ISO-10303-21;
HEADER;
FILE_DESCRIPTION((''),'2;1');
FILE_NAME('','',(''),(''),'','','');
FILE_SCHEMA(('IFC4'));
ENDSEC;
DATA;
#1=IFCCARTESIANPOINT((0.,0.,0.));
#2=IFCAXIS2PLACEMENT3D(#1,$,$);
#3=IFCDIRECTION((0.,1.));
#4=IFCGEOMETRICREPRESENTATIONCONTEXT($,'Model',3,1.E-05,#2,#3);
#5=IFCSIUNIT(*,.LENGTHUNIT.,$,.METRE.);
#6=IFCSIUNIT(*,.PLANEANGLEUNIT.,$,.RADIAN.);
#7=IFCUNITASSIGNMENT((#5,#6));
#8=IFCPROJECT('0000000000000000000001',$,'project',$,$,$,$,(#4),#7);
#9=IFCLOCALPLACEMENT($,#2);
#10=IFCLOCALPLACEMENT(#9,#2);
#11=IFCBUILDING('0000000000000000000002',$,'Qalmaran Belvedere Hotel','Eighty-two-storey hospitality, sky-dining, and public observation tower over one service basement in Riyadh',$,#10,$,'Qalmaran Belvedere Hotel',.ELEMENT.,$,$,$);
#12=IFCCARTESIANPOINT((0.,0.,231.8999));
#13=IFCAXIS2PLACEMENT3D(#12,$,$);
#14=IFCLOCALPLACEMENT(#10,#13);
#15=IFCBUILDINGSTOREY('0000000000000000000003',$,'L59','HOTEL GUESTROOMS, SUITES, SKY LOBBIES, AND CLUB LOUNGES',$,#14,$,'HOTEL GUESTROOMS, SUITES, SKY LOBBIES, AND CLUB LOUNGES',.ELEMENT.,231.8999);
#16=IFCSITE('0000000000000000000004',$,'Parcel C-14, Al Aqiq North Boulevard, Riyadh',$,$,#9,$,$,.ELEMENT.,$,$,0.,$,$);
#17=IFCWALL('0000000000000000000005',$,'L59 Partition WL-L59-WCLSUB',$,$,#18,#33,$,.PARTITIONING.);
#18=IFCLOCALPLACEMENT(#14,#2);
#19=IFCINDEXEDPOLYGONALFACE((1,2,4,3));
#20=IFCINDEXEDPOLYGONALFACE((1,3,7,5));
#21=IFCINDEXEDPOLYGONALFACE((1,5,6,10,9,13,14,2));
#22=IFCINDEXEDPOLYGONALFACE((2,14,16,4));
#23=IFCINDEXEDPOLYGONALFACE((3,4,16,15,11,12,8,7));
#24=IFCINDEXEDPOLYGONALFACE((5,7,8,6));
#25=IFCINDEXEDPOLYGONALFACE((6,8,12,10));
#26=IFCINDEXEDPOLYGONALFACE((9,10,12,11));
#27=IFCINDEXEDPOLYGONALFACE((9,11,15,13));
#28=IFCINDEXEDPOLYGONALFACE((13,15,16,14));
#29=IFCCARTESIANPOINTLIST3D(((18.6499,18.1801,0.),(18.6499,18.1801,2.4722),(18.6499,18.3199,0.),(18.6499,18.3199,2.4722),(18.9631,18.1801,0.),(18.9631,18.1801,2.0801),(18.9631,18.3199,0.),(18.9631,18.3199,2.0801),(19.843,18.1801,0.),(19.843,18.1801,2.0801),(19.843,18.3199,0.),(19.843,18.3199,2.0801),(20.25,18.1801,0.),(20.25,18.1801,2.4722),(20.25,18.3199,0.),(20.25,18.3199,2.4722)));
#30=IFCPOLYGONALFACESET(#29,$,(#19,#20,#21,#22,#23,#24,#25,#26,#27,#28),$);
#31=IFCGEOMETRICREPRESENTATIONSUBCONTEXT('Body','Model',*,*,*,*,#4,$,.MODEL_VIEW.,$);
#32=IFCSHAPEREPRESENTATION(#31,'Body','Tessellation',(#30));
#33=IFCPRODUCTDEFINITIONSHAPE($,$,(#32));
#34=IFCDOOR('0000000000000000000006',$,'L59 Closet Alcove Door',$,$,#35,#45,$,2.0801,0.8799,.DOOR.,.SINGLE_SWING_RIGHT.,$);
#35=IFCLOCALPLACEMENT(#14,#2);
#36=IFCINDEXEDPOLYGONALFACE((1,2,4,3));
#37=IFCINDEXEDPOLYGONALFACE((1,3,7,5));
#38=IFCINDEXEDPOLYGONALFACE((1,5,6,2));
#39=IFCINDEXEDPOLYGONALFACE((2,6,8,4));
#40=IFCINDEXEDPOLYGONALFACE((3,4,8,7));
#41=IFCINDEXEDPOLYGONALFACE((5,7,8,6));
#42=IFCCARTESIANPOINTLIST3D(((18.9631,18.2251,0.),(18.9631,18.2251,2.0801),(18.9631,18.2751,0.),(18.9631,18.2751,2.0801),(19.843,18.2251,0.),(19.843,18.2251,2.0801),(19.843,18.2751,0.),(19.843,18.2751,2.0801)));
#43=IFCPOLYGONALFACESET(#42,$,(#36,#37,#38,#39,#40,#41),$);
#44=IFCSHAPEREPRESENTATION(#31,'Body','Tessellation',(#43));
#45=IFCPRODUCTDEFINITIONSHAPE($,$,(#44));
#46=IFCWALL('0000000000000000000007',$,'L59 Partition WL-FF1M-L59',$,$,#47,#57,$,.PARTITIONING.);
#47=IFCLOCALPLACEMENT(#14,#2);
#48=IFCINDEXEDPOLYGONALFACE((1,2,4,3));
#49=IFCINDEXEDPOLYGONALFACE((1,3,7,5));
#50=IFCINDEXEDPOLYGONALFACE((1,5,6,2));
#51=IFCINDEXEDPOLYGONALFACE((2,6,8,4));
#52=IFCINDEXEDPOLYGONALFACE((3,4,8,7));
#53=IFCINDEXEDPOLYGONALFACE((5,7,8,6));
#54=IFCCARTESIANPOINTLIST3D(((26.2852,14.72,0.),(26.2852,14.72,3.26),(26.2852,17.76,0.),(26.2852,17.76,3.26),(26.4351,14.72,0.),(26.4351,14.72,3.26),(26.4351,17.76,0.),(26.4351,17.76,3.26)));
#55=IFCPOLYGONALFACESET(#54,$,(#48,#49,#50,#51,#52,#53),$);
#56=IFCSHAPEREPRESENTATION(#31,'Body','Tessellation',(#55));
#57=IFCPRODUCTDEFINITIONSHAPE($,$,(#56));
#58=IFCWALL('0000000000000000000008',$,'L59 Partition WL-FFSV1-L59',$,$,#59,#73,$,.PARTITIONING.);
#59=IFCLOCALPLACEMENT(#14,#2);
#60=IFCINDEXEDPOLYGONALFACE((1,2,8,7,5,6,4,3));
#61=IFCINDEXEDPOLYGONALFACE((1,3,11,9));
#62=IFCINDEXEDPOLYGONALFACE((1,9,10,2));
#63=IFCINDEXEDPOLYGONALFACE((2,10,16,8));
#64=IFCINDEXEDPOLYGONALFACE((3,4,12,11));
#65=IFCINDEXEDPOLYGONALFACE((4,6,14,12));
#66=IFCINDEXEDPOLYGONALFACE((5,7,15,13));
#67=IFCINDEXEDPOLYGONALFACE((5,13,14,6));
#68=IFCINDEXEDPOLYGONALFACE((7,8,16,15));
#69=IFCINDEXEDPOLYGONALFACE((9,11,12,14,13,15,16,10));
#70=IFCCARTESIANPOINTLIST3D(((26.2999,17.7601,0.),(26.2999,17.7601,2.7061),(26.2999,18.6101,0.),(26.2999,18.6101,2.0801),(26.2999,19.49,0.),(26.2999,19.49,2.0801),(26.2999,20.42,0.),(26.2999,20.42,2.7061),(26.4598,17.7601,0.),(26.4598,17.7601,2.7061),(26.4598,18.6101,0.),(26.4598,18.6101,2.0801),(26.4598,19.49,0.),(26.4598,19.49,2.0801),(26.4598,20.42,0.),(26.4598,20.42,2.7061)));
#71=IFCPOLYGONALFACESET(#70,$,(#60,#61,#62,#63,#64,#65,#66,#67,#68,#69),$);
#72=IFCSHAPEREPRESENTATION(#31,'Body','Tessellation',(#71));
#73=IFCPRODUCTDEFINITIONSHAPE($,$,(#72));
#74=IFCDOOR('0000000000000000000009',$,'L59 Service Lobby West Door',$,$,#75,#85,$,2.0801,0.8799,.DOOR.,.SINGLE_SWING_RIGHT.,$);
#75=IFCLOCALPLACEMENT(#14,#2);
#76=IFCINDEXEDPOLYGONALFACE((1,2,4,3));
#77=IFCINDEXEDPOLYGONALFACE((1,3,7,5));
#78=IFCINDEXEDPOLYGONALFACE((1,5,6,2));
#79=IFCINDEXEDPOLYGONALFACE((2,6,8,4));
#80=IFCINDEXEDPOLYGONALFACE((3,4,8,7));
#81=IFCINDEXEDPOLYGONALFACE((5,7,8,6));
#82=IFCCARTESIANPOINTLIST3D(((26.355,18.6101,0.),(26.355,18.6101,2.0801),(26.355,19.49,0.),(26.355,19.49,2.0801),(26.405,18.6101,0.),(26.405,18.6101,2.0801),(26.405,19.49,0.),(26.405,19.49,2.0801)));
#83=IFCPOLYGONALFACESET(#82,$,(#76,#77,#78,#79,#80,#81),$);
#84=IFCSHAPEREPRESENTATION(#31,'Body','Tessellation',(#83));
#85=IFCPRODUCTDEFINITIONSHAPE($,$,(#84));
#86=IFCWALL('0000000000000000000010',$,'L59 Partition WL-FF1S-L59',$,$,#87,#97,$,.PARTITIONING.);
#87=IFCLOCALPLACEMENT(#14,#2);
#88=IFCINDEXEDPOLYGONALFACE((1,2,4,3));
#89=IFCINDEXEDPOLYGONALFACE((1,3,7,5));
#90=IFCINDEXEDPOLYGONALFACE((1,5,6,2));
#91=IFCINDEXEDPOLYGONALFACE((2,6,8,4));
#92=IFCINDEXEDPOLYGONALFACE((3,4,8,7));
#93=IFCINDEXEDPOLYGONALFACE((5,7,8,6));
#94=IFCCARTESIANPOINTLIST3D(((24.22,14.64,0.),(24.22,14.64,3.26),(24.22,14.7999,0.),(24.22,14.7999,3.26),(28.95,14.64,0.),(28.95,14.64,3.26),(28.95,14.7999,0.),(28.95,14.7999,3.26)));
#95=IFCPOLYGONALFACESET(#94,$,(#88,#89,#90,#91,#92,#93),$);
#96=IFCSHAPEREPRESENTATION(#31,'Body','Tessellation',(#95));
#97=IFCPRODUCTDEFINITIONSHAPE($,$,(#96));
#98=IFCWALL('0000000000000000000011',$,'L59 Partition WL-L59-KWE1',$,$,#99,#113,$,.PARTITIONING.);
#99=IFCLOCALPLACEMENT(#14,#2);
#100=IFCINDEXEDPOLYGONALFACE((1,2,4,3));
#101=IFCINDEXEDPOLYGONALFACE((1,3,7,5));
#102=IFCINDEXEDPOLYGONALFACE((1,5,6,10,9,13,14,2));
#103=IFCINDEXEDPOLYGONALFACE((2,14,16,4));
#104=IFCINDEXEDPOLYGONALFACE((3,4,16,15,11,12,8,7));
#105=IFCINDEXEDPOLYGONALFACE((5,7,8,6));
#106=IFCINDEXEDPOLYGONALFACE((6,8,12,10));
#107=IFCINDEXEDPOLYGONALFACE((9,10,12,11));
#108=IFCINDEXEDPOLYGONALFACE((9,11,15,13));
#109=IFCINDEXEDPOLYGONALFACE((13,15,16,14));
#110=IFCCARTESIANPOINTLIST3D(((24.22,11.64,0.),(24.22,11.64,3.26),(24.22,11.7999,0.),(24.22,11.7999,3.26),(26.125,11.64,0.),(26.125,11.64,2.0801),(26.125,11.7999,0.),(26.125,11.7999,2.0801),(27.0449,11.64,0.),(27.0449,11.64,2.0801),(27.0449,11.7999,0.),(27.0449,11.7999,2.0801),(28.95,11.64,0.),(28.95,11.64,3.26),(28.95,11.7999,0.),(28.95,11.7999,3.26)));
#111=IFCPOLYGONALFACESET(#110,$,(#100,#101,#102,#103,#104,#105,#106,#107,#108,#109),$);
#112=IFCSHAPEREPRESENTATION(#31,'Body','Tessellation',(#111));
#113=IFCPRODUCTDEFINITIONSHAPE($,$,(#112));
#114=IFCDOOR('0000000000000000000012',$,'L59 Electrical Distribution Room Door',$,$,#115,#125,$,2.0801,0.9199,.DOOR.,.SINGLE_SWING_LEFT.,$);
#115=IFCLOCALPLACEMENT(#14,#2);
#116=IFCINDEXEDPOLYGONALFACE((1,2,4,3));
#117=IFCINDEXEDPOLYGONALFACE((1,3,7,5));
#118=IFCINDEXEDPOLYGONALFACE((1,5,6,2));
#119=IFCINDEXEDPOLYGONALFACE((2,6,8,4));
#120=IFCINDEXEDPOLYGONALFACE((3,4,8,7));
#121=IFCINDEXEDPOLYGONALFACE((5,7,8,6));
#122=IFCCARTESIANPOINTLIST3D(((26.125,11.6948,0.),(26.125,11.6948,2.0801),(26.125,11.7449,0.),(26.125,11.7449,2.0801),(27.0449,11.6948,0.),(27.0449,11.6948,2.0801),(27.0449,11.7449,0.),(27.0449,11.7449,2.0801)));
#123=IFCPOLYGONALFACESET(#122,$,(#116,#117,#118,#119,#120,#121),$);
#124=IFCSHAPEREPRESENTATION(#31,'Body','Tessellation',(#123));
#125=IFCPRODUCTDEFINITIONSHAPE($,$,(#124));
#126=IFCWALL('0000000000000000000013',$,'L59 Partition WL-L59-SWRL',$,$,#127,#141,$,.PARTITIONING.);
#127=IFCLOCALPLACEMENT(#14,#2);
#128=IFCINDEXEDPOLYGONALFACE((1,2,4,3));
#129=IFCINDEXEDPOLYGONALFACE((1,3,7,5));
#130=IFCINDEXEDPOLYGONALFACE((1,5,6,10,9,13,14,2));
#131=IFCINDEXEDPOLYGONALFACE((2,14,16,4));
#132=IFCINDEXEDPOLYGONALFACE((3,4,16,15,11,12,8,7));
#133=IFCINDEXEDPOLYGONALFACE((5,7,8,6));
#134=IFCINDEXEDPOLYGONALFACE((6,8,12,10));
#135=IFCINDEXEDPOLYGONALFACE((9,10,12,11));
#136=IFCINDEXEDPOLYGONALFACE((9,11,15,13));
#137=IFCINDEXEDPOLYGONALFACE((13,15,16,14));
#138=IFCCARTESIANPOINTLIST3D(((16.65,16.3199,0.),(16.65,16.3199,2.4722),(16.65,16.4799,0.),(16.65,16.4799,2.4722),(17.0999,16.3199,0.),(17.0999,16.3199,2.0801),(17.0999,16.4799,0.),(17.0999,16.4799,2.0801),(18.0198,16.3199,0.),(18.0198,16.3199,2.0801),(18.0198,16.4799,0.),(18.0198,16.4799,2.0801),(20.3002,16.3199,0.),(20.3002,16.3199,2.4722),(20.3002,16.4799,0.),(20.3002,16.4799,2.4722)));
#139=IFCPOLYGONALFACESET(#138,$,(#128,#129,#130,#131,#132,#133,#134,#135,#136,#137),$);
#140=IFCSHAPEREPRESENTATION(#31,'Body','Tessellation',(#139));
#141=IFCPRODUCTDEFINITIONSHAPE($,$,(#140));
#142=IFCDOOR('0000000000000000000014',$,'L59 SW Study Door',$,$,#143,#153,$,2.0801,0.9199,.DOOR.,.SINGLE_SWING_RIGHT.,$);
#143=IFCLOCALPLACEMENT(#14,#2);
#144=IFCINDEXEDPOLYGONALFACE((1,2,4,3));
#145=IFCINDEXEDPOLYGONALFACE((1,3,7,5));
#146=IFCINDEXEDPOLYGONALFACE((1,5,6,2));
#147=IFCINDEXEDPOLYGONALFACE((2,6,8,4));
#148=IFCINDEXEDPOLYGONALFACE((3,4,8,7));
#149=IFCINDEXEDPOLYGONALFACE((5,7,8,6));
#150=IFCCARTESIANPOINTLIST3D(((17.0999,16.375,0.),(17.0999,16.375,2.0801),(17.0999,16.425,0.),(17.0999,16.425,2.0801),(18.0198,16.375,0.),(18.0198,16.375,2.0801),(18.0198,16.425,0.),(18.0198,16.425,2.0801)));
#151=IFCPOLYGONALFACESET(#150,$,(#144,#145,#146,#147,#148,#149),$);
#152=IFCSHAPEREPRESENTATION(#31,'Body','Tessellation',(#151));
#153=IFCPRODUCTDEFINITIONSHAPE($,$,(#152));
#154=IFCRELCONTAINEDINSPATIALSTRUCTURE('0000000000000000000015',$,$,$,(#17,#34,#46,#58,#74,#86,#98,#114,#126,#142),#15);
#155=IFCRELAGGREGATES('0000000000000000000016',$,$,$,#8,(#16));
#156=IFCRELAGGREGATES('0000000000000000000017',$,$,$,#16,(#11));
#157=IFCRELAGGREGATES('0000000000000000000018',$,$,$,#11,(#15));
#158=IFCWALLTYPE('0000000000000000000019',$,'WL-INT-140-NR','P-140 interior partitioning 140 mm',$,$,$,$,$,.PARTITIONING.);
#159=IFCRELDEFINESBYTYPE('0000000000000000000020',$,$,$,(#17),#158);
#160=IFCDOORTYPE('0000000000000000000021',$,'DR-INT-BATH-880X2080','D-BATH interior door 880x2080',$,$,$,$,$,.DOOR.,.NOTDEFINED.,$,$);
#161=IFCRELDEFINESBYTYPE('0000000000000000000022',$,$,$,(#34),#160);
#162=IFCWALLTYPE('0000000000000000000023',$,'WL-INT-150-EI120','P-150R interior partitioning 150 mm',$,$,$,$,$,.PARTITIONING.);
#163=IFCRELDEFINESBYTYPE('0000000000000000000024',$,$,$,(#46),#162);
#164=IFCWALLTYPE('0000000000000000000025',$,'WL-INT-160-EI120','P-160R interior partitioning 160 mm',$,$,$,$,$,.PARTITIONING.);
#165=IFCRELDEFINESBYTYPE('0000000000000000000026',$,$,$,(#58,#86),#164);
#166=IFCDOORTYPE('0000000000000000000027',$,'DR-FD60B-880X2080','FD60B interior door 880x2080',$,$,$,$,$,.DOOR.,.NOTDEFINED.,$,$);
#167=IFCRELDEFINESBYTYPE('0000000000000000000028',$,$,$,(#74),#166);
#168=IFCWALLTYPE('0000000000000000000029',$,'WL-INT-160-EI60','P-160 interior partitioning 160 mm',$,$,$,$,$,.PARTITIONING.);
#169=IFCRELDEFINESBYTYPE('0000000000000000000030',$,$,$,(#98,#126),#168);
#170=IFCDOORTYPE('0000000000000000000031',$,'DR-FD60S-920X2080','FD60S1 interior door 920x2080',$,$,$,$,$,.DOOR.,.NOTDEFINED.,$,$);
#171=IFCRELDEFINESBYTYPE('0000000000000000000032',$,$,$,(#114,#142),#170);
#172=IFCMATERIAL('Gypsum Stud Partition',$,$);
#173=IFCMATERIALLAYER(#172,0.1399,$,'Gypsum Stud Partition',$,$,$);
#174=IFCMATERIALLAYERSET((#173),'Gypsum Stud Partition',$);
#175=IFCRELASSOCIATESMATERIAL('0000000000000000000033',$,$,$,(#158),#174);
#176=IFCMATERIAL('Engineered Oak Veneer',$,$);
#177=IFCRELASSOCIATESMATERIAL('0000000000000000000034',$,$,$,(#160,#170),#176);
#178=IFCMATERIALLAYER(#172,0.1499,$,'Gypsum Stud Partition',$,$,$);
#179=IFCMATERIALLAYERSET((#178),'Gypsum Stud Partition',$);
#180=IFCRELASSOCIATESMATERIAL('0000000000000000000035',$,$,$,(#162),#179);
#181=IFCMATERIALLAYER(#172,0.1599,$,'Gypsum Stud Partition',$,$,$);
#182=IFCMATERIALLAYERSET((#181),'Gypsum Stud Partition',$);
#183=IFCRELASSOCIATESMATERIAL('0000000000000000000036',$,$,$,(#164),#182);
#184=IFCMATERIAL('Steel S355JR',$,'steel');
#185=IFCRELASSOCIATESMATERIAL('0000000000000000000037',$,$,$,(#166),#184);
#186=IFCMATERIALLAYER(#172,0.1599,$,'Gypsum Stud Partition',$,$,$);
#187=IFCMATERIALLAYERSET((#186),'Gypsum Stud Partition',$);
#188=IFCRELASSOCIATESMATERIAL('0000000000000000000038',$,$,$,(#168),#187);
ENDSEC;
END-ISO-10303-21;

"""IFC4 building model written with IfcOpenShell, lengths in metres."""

from ifc_helpers import new_model, si_unit, direction, frame, frame_2d, origin, place, context, subcontext, project, spatial, rectangle, extrude, material, layer, layer_set, type_object, element, fill, save


model = new_model("IFC4")

# Units and contexts
model_context = context("Model", 3, precision=1e-05, world=origin(), true_north=direction((0.0, 1.0)))
body_context = subcontext(model_context, "Body", "Model", "MODEL_VIEW")
ifc_project = project(units=[si_unit("LENGTHUNIT", "METRE"), si_unit("PLANEANGLEUNIT", "RADIAN")], contexts=[model_context])

# Site, building, storey
site_placement = place(None, origin())
site = spatial("IfcSite", under=ifc_project, at=site_placement, Name="Parcel C-14, Al Aqiq North Boulevard, Riyadh", CompositionType="ELEMENT", RefElevation=0.0)
building_placement = place(site_placement, origin())
building = spatial("IfcBuilding", under=site, at=building_placement, Name="Qalmaran Belvedere Hotel", Description="Eighty-two-storey hospitality, sky-dining, and public observation tower over one service basement in Riyadh", LongName="Qalmaran Belvedere Hotel", CompositionType="ELEMENT")
storey_placement = place(building_placement, frame((0.0, 0.0, 231.8999)))
storey = spatial("IfcBuildingStorey", under=building, at=storey_placement, Name="L59", Description="HOTEL GUESTROOMS, SUITES, SKY LOBBIES, AND CLUB LOUNGES", LongName="HOTEL GUESTROOMS, SUITES, SKY LOBBIES, AND CLUB LOUNGES", CompositionType="ELEMENT", Elevation=231.8999)

# Wall, opening, door
ifc_material_1 = material(Name="Gypsum Stud Partition")
ifc_layer_1 = layer(ifc_material_1, 0.1399, Name="Gypsum Stud Partition")
ifc_layer_set_1 = layer_set([ifc_layer_1], Name="Gypsum Stud Partition")
wall_type_1 = type_object("IfcWallType", Name="WL-INT-140-NR", Description="P-140 interior partitioning 140 mm", PredefinedType="PARTITIONING", material=ifc_layer_set_1)
wall_1_placement = place(storey_placement, frame((18.6499, 18.25, 0.0), z_axis=(0.0, 0.0, 1.0), x_axis=(1.0, 0.0, 0.0)))
wall_1 = element("IfcWall", 1, at=wall_1_placement, inside=storey, type_object=wall_type_1, Name="L59 Partition WL-L59-WCLSUB", PredefinedType="PARTITIONING", context=body_context, shape_type="SweptSolid", body=[
    extrude(rectangle(XDim=1.6001, YDim=0.1399, at=frame_2d((0.8, 0.0))), origin(), (0.0, 0.0, 1.0), 2.4722),
])
opening_1_placement = place(wall_1_placement, frame((1.1931, 0.0, 0.0), z_axis=(0.0, 0.0, 1.0), x_axis=(-1.0, 0.0, 0.0)))
opening_1 = element("IfcOpeningElement", 2, at=opening_1_placement, cuts=wall_1, PredefinedType="OPENING", context=body_context, shape_type="SweptSolid", body=[
    extrude(rectangle(XDim=0.8799, YDim=2.0801, at=frame_2d((0.4399, 1.04))), frame((0.0, 0.0801, 0.0), z_axis=(0.0, -1.0, 0.0), x_axis=(1.0, 0.0, 0.0)), (0.0, 0.0, 1.0), 0.1599),
])
ifc_material_2 = material(Name="Engineered Oak Veneer")
door_type_1 = type_object("IfcDoorType", Name="DR-INT-BATH-880X2080", Description="D-BATH interior door 880x2080", OperationType="NOTDEFINED", PredefinedType="DOOR", material=ifc_material_2)
door_1_placement = place(opening_1_placement, origin())
door_1 = element("IfcDoor", 3, at=door_1_placement, inside=storey, type_object=door_type_1, Name="L59 Closet Alcove Door", OperationType="SINGLE_SWING_RIGHT", OverallHeight=2.0801, OverallWidth=0.8799, PredefinedType="DOOR", context=body_context, shape_type="SweptSolid", body=[
    extrude(rectangle(XDim=0.8799, YDim=2.0801, at=frame_2d((0.4399, 1.04))), frame((0.0, 0.0249, 0.0), z_axis=(0.0, -1.0, 0.0), x_axis=(1.0, 0.0, 0.0)), (0.0, 0.0, 1.0), 0.05),
])
fill(opening_1, door_1)

# Wall
ifc_layer_2 = layer(ifc_material_1, 0.1499, Name="Gypsum Stud Partition")
ifc_layer_set_2 = layer_set([ifc_layer_2], Name="Gypsum Stud Partition")
wall_type_2 = type_object("IfcWallType", Name="WL-INT-150-EI120", Description="P-150R interior partitioning 150 mm", PredefinedType="PARTITIONING", material=ifc_layer_set_2)
wall_2_placement = place(storey_placement, frame((26.3601, 14.72, 0.0), z_axis=(0.0, 0.0, 1.0), x_axis=(0.0, 1.0, 0.0)))
element("IfcWall", 4, at=wall_2_placement, inside=storey, type_object=wall_type_2, Name="L59 Partition WL-FF1M-L59", PredefinedType="PARTITIONING", context=body_context, shape_type="SweptSolid", body=[
    extrude(rectangle(XDim=3.04, YDim=0.1499, at=frame_2d((1.52, 0.0))), origin(), (0.0, 0.0, 1.0), 3.26),
])

# Wall, opening, door
ifc_layer_3 = layer(ifc_material_1, 0.1599, Name="Gypsum Stud Partition")
ifc_layer_set_3 = layer_set([ifc_layer_3], Name="Gypsum Stud Partition")
wall_type_3 = type_object("IfcWallType", Name="WL-INT-160-EI120", Description="P-160R interior partitioning 160 mm", PredefinedType="PARTITIONING", material=ifc_layer_set_3)
wall_3_placement = place(storey_placement, frame((26.3799, 17.76, 0.0), z_axis=(0.0, 0.0, 1.0), x_axis=(0.0, 1.0, 0.0)))
wall_3 = element("IfcWall", 5, at=wall_3_placement, inside=storey, type_object=wall_type_3, Name="L59 Partition WL-FFSV1-L59", PredefinedType="PARTITIONING", context=body_context, shape_type="SweptSolid", body=[
    extrude(rectangle(XDim=2.6599, YDim=0.1599, at=frame_2d((1.3301, 0.0))), origin(), (0.0, 0.0, 1.0), 2.7061),
])
opening_2_placement = place(wall_3_placement, frame((0.8501, 0.0, 0.0)))
opening_2 = element("IfcOpeningElement", 6, at=opening_2_placement, cuts=wall_3, PredefinedType="OPENING", context=body_context, shape_type="SweptSolid", body=[
    extrude(rectangle(XDim=0.8799, YDim=2.0801, at=frame_2d((0.4399, 1.04))), frame((0.0, 0.0898, 0.0), z_axis=(0.0, -1.0, 0.0), x_axis=(1.0, 0.0, 0.0)), (0.0, 0.0, 1.0), 0.1799),
])
ifc_material_3 = material(Name="Steel S355JR", Category="steel")
door_type_2 = type_object("IfcDoorType", Name="DR-FD60B-880X2080", Description="FD60B interior door 880x2080", OperationType="NOTDEFINED", PredefinedType="DOOR", material=ifc_material_3)
door_2_placement = place(opening_2_placement, origin())
door_2 = element("IfcDoor", 7, at=door_2_placement, inside=storey, type_object=door_type_2, Name="L59 Service Lobby West Door", OperationType="SINGLE_SWING_RIGHT", OverallHeight=2.0801, OverallWidth=0.8799, PredefinedType="DOOR", context=body_context, shape_type="SweptSolid", body=[
    extrude(rectangle(XDim=0.8799, YDim=2.0801, at=frame_2d((0.4399, 1.04))), frame((0.0, 0.0249, 0.0), z_axis=(0.0, -1.0, 0.0), x_axis=(1.0, 0.0, 0.0)), (0.0, 0.0, 1.0), 0.05),
])
fill(opening_2, door_2)

# Wall
wall_4_placement = place(storey_placement, frame((24.22, 14.72, 0.0), z_axis=(0.0, 0.0, 1.0), x_axis=(1.0, 0.0, 0.0)))
element("IfcWall", 8, at=wall_4_placement, inside=storey, type_object=wall_type_3, Name="L59 Partition WL-FF1S-L59", PredefinedType="PARTITIONING", context=body_context, shape_type="SweptSolid", body=[
    extrude(rectangle(XDim=4.73, YDim=0.1599, at=frame_2d((2.365, 0.0))), origin(), (0.0, 0.0, 1.0), 3.26),
])

# Walls, openings, doors
ifc_layer_4 = layer(ifc_material_1, 0.1599, Name="Gypsum Stud Partition")
ifc_layer_set_4 = layer_set([ifc_layer_4], Name="Gypsum Stud Partition")
wall_type_4 = type_object("IfcWallType", Name="WL-INT-160-EI60", Description="P-160 interior partitioning 160 mm", PredefinedType="PARTITIONING", material=ifc_layer_set_4)
wall_5_placement = place(storey_placement, frame((24.22, 11.72, 0.0), z_axis=(0.0, 0.0, 1.0), x_axis=(1.0, 0.0, 0.0)))
wall_5 = element("IfcWall", 9, at=wall_5_placement, inside=storey, type_object=wall_type_4, Name="L59 Partition WL-L59-KWE1", PredefinedType="PARTITIONING", context=body_context, shape_type="SweptSolid", body=[
    extrude(rectangle(XDim=4.73, YDim=0.1599, at=frame_2d((2.365, 0.0))), origin(), (0.0, 0.0, 1.0), 3.26),
])
opening_3_placement = place(wall_5_placement, frame((1.905, 0.0, 0.0)))
opening_3 = element("IfcOpeningElement", 10, at=opening_3_placement, cuts=wall_5, PredefinedType="OPENING", context=body_context, shape_type="SweptSolid", body=[
    extrude(rectangle(XDim=0.9199, YDim=2.0801, at=frame_2d((0.46, 1.04))), frame((0.0, 0.0898, 0.0), z_axis=(0.0, -1.0, 0.0), x_axis=(1.0, 0.0, 0.0)), (0.0, 0.0, 1.0), 0.1799),
])
door_type_3 = type_object("IfcDoorType", Name="DR-FD60S-920X2080", Description="FD60S1 interior door 920x2080", OperationType="NOTDEFINED", PredefinedType="DOOR", material=ifc_material_2)
door_3_placement = place(opening_3_placement, origin())
door_3 = element("IfcDoor", 11, at=door_3_placement, inside=storey, type_object=door_type_3, Name="L59 Electrical Distribution Room Door", OperationType="SINGLE_SWING_LEFT", OverallHeight=2.0801, OverallWidth=0.9199, PredefinedType="DOOR", context=body_context, shape_type="SweptSolid", body=[
    extrude(rectangle(XDim=0.9199, YDim=2.0801, at=frame_2d((0.46, 1.04))), frame((0.0, 0.0249, 0.0), z_axis=(0.0, -1.0, 0.0), x_axis=(1.0, 0.0, 0.0)), (0.0, 0.0, 1.0), 0.05),
])
fill(opening_3, door_3)
wall_6_placement = place(storey_placement, frame((16.6499, 16.3999, 0.0), z_axis=(0.0, 0.0, 1.0), x_axis=(1.0, 0.0, 0.0)))
wall_6 = element("IfcWall", 12, at=wall_6_placement, inside=storey, type_object=wall_type_4, Name="L59 Partition WL-L59-SWRL", PredefinedType="PARTITIONING", context=body_context, shape_type="SweptSolid", body=[
    extrude(rectangle(XDim=3.6501, YDim=0.1599, at=frame_2d((1.8252, 0.0))), origin(), (0.0, 0.0, 1.0), 2.4722),
])
opening_4_placement = place(wall_6_placement, frame((1.3699, 0.0, 0.0), z_axis=(0.0, 0.0, 1.0), x_axis=(-1.0, 0.0, 0.0)))
opening_4 = element("IfcOpeningElement", 13, at=opening_4_placement, cuts=wall_6, PredefinedType="OPENING", context=body_context, shape_type="SweptSolid", body=[
    extrude(rectangle(XDim=0.9199, YDim=2.0801, at=frame_2d((0.46, 1.04))), frame((0.0, 0.0898, 0.0), z_axis=(0.0, -1.0, 0.0), x_axis=(1.0, 0.0, 0.0)), (0.0, 0.0, 1.0), 0.1799),
])
door_4_placement = place(opening_4_placement, origin())
door_4 = element("IfcDoor", 14, at=door_4_placement, inside=storey, type_object=door_type_3, Name="L59 SW Study Door", OperationType="SINGLE_SWING_RIGHT", OverallHeight=2.0801, OverallWidth=0.9199, PredefinedType="DOOR", context=body_context, shape_type="SweptSolid", body=[
    extrude(rectangle(XDim=0.9199, YDim=2.0801, at=frame_2d((0.46, 1.04))), frame((0.0, 0.0249, 0.0), z_axis=(0.0, -1.0, 0.0), x_axis=(1.0, 0.0, 0.0)), (0.0, 0.0, 1.0), 0.05),
])
fill(opening_4, door_4)

save(model, "model.ifc")
